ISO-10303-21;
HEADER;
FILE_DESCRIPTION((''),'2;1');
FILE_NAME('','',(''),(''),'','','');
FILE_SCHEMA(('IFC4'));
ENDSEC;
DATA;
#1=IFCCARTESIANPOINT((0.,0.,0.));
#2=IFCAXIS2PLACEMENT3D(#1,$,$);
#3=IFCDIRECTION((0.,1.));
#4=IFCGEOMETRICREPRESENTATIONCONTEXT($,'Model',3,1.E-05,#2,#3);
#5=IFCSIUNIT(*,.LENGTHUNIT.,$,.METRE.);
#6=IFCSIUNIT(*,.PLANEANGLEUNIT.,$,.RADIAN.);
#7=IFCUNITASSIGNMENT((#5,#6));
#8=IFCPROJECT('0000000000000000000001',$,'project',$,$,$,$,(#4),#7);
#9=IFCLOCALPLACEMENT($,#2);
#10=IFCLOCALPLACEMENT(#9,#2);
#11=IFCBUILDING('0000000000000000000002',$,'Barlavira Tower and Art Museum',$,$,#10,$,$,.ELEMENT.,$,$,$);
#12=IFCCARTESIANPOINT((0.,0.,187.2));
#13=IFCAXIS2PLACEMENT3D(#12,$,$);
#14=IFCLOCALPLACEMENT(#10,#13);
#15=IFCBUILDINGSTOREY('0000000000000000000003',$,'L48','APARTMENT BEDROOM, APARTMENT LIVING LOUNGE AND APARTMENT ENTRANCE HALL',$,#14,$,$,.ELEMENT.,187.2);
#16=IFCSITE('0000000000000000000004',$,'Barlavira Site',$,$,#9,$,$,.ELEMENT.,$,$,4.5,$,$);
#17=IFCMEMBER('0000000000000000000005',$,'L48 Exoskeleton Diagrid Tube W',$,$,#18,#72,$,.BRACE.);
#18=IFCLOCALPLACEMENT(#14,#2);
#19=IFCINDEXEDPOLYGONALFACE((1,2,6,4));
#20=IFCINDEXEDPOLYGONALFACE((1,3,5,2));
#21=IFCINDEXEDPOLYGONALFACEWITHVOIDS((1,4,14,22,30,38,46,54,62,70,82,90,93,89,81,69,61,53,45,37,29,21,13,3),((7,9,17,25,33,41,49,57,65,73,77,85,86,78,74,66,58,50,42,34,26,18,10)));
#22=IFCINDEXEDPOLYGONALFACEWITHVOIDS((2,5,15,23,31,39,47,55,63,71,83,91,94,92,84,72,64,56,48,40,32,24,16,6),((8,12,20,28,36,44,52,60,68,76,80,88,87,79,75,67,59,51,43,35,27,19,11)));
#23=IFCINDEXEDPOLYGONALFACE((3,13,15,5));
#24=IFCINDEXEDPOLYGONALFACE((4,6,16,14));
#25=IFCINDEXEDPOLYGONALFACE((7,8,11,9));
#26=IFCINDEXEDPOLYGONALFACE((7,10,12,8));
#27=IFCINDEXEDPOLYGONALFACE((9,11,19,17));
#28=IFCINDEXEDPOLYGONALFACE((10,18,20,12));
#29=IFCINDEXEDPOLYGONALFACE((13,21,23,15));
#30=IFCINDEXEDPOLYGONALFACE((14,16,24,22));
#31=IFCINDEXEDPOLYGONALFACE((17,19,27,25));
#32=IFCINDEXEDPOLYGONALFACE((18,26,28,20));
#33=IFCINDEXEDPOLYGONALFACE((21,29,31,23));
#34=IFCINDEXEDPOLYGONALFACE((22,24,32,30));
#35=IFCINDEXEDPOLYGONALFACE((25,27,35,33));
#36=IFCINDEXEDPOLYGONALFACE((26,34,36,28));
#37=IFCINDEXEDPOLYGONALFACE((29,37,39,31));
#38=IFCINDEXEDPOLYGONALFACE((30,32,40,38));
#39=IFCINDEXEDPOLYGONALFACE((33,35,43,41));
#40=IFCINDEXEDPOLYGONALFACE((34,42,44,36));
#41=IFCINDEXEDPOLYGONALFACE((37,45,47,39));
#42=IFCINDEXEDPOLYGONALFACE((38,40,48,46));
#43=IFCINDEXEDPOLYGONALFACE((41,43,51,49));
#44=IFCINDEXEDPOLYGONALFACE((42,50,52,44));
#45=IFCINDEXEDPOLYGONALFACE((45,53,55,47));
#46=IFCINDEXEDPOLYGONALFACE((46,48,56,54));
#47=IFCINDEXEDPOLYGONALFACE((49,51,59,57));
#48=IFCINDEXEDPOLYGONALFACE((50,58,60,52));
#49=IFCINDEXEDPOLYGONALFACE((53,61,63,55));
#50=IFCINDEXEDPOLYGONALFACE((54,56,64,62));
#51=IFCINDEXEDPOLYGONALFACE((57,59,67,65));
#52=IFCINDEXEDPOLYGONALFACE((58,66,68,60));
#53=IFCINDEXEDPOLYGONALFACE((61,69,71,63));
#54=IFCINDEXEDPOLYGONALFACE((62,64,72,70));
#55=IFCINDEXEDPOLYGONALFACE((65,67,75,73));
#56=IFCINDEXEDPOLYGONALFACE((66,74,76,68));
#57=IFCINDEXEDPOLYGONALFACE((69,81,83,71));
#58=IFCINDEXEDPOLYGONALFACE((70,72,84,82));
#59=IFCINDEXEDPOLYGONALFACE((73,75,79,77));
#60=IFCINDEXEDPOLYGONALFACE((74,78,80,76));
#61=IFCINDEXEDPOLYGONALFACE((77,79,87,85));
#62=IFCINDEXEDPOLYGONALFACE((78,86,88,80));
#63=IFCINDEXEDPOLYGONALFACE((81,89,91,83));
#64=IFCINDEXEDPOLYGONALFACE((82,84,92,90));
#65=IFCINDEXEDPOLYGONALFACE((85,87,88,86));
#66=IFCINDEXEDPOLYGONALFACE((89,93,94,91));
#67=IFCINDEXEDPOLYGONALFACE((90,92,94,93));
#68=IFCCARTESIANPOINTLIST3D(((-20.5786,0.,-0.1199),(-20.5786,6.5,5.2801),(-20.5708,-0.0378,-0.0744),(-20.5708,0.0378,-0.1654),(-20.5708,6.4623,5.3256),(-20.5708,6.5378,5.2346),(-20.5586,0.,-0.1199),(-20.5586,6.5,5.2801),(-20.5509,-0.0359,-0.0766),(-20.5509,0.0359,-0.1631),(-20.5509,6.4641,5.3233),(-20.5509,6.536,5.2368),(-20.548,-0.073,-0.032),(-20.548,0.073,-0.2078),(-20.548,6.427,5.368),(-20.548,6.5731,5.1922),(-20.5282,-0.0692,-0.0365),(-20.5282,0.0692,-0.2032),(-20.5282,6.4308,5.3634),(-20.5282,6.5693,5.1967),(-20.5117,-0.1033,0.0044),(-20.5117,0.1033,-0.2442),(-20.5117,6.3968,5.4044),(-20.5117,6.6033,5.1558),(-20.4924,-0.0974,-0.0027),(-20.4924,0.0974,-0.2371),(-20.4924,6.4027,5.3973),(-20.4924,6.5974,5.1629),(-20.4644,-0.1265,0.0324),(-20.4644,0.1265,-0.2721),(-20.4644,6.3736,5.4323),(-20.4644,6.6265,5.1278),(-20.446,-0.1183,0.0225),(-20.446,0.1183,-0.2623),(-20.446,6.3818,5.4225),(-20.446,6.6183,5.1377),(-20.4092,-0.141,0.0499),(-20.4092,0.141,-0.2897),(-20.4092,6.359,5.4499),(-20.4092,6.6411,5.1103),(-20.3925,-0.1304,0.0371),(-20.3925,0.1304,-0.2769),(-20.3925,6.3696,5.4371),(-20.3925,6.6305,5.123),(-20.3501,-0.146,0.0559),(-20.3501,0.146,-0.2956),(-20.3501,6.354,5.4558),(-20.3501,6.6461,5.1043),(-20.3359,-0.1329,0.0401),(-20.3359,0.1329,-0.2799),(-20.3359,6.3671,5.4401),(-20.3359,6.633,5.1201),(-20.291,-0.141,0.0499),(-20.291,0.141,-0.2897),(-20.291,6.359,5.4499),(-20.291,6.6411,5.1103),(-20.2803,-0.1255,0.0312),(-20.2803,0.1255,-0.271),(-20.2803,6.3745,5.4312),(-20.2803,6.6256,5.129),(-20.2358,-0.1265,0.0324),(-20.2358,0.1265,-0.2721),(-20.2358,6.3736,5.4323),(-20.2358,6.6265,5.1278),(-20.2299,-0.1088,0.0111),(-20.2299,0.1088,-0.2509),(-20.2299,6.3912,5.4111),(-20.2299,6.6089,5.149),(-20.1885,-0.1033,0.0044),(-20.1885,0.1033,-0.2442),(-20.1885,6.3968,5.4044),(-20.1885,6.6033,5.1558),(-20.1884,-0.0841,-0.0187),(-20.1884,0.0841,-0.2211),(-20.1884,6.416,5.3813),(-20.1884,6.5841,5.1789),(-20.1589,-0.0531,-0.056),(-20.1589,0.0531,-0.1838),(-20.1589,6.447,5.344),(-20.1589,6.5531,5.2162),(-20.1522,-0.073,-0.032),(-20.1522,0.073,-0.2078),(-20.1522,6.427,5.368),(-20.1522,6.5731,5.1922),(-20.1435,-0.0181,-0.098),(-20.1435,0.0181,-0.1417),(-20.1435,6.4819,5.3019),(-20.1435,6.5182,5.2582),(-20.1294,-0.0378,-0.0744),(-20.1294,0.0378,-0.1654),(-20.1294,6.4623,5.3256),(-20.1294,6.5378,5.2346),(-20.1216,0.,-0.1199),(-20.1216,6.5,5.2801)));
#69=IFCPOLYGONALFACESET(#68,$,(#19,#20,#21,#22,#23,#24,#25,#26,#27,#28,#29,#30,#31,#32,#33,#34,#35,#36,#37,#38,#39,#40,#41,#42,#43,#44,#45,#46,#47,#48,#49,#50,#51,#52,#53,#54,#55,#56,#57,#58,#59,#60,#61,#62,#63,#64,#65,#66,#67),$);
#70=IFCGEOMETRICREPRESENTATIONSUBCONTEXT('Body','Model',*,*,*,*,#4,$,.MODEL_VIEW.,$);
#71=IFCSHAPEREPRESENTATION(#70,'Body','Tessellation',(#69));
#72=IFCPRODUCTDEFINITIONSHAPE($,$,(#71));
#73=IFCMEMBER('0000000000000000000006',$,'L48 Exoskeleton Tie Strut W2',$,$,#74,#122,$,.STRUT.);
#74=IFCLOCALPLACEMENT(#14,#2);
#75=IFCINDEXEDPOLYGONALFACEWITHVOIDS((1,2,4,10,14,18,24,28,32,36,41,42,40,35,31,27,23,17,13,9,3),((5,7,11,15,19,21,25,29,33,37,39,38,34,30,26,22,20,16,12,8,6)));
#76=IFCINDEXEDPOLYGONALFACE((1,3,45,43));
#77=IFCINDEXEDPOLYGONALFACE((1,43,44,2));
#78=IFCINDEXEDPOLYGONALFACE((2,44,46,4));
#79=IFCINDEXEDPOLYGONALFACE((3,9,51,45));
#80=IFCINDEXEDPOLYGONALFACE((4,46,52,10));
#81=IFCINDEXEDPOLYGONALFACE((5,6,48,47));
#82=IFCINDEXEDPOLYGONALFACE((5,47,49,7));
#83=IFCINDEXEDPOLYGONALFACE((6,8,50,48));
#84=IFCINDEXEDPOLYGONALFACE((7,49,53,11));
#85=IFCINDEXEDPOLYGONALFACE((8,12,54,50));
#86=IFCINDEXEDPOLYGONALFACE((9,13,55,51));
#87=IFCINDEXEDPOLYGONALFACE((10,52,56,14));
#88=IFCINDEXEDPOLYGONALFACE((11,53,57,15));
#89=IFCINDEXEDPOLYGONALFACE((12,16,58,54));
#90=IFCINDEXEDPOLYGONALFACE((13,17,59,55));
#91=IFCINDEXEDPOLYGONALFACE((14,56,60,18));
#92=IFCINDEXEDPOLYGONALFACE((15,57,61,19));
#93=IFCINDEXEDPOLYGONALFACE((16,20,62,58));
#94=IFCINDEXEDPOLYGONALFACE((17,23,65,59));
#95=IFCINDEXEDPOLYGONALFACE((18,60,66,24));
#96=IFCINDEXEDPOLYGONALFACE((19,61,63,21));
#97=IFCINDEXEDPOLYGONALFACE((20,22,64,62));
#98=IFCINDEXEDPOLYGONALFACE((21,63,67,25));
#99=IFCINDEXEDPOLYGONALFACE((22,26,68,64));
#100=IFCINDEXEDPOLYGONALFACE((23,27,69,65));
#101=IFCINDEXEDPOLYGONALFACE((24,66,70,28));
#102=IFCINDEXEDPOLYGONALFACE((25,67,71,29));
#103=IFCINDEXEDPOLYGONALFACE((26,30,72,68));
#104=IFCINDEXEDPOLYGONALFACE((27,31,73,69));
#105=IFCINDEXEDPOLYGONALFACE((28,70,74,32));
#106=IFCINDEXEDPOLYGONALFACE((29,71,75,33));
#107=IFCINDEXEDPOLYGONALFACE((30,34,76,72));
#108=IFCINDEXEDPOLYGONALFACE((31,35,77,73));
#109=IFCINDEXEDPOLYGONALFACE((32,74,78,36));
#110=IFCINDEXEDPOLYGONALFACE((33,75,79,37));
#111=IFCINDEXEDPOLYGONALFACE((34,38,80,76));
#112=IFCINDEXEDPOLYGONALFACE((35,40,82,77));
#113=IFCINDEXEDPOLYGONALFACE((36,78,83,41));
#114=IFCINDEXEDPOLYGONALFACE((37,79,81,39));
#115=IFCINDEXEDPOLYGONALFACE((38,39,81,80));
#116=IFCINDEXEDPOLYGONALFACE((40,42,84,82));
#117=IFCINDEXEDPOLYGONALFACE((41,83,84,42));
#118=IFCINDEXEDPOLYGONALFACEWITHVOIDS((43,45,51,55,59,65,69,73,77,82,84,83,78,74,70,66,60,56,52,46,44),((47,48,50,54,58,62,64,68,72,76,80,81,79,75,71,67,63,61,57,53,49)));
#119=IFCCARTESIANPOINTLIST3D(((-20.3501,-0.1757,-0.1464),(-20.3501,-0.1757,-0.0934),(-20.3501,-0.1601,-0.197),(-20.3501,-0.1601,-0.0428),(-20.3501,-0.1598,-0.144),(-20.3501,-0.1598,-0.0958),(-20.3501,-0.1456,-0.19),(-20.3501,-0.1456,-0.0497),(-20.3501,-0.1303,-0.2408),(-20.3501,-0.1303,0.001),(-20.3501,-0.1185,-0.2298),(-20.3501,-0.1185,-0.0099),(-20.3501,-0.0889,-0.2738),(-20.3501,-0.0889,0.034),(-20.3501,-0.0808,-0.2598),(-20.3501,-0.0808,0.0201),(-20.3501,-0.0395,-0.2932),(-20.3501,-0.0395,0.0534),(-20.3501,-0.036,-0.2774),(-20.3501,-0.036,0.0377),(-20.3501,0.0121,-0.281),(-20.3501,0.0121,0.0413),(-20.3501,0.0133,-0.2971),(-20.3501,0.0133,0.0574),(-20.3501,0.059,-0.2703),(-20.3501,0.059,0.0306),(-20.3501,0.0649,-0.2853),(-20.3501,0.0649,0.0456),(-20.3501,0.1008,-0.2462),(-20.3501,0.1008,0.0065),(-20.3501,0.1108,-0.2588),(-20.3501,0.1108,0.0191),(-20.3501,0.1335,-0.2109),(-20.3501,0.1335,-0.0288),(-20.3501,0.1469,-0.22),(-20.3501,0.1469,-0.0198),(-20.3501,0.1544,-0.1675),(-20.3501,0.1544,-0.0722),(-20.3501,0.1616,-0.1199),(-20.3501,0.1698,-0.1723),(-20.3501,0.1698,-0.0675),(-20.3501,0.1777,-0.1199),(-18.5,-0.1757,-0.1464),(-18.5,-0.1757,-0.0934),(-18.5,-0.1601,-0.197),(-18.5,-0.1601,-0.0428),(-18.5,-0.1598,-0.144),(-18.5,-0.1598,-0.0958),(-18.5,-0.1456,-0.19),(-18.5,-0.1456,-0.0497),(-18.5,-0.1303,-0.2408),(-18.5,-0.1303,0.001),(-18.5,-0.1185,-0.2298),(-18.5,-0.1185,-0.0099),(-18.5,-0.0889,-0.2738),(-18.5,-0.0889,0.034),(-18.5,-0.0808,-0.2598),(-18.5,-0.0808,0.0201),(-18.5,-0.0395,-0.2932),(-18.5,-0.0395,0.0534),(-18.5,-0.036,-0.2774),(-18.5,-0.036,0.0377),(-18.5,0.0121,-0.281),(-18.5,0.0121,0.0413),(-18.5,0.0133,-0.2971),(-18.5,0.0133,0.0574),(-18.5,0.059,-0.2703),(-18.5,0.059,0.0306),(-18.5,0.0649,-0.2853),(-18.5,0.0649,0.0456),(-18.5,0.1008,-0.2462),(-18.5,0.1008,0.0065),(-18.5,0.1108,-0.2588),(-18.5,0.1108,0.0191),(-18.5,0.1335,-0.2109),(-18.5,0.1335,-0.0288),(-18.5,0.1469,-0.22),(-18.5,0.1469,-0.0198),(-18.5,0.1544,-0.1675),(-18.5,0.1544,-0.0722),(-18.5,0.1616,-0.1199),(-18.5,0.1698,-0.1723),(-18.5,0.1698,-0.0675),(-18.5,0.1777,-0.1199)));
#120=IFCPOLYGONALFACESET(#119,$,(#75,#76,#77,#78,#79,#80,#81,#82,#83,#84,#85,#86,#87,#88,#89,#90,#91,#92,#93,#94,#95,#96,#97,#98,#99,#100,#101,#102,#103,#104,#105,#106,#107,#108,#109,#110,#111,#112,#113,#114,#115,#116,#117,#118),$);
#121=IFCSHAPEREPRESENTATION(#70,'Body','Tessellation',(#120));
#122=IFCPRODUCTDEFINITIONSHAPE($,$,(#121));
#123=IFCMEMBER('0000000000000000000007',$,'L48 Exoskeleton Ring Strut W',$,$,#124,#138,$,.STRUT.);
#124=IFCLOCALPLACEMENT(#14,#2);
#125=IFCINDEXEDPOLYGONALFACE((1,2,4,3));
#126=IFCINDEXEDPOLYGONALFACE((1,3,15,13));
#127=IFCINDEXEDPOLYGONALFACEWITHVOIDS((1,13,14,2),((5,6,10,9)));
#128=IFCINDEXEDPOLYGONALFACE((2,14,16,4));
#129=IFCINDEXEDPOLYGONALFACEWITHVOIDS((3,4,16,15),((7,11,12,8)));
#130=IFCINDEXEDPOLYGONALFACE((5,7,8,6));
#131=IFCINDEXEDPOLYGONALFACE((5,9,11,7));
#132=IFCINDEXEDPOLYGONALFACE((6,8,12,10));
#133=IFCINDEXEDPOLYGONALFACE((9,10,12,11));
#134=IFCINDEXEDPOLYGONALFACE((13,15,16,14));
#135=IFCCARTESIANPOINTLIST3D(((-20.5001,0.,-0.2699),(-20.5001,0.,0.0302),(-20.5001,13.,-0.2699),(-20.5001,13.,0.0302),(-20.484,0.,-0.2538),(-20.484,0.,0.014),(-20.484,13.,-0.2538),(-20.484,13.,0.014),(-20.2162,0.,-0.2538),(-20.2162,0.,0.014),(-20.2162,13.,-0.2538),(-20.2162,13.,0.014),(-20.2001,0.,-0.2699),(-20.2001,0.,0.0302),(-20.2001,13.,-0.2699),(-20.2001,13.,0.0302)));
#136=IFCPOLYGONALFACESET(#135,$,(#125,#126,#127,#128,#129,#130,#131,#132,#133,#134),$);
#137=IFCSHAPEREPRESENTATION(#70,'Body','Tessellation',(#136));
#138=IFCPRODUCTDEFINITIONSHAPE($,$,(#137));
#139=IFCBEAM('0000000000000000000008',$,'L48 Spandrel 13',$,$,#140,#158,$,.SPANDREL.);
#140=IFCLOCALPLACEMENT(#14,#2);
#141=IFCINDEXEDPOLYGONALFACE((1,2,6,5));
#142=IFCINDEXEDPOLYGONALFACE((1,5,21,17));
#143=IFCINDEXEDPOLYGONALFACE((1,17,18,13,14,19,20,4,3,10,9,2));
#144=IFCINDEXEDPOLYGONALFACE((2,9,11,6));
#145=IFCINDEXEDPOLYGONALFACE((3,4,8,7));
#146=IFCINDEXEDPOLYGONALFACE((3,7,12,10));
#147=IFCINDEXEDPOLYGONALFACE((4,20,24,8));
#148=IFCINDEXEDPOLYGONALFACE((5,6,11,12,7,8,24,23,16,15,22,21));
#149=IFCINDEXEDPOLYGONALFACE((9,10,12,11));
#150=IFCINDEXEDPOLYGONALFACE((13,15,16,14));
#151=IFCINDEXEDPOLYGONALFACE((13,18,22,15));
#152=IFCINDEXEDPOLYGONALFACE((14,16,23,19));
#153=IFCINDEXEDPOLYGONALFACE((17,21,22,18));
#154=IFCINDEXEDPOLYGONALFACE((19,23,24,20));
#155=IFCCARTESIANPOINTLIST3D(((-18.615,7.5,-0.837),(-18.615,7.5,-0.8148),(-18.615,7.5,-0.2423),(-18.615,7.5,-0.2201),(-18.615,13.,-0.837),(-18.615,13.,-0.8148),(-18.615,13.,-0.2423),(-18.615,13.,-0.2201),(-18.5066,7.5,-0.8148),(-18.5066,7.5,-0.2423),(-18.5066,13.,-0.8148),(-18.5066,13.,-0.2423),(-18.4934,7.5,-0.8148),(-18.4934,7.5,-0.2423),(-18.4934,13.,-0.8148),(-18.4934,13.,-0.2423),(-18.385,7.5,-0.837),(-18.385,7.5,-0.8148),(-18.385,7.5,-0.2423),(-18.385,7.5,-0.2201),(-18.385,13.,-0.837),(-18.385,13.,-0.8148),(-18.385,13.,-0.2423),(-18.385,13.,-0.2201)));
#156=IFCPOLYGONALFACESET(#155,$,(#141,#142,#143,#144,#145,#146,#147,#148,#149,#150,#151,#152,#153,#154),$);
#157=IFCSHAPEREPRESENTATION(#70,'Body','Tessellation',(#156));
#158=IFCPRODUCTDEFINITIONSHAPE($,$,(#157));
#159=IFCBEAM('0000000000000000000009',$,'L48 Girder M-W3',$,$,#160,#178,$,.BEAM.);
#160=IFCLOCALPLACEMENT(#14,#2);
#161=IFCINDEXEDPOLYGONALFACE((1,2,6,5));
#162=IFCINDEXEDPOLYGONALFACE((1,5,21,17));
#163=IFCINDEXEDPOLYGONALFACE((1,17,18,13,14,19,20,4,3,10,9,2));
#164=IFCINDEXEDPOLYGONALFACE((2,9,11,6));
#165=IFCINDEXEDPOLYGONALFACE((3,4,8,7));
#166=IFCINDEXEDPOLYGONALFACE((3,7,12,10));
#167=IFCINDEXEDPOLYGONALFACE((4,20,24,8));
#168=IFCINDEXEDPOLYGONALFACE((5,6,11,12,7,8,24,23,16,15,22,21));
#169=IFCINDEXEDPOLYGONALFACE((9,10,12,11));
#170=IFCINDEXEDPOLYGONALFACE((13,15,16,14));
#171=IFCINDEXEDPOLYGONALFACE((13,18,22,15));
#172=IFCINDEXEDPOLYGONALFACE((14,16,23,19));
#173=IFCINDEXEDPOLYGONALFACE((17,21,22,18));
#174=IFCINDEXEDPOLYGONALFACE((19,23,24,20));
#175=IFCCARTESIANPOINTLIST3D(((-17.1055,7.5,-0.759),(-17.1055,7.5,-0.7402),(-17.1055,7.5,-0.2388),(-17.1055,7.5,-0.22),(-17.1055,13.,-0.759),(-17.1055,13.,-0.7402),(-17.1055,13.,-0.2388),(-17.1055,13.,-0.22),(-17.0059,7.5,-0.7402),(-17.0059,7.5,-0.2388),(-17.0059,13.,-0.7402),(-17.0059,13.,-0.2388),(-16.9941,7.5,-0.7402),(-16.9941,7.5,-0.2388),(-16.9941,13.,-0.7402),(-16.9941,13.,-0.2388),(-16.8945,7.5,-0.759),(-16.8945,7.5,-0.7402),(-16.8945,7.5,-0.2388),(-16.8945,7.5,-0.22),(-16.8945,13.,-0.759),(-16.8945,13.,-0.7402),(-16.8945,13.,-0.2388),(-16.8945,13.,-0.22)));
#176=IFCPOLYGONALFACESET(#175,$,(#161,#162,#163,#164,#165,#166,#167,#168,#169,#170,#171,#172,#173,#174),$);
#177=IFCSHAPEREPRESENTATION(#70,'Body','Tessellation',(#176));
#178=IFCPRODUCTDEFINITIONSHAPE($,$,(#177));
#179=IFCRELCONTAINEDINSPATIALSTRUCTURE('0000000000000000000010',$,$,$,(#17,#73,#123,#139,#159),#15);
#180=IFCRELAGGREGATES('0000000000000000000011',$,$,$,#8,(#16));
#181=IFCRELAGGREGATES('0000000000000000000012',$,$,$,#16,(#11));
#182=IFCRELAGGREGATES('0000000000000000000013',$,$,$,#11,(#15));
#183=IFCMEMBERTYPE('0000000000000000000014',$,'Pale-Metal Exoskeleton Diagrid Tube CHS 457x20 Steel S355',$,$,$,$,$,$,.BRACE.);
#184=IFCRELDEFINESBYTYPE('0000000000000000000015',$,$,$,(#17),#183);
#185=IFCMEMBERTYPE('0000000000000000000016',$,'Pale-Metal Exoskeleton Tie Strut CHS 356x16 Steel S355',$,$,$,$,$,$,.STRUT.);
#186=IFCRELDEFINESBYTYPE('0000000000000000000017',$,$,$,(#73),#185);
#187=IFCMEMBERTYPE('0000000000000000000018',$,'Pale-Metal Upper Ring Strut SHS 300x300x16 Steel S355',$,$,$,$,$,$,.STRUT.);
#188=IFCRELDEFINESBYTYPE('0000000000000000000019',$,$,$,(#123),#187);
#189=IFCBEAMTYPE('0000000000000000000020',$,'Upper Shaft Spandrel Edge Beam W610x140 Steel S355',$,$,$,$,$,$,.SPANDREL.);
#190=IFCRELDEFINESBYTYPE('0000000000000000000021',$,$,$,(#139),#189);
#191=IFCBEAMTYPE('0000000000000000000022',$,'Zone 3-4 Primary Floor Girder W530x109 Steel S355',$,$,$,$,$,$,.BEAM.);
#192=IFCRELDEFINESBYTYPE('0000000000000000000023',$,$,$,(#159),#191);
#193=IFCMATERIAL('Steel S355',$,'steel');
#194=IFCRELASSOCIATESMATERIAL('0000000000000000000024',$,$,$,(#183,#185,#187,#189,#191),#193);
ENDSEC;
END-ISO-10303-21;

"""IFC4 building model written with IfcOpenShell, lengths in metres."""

from ifc_helpers import new_model, si_unit, direction, frame, origin, origin_2d, place, context, subcontext, project, spatial, hollow_rectangle, hollow_circle, i_section, extrude, material, material_profile, profile_set, type_object, element, save


model = new_model("IFC4")

# Units and contexts
model_context = context("Model", 3, precision=1e-05, world=origin(), true_north=direction((0.0, 1.0)))
body_context = subcontext(model_context, "Body", "Model", "MODEL_VIEW")
ifc_project = project(units=[si_unit("LENGTHUNIT", "METRE"), si_unit("PLANEANGLEUNIT", "RADIAN")], contexts=[model_context])

# Site, building, storey
site_placement = place(None, origin())
site = spatial("IfcSite", under=ifc_project, at=site_placement, Name="Barlavira Site", CompositionType="ELEMENT", RefElevation=4.5)
building_placement = place(site_placement, origin())
building = spatial("IfcBuilding", under=site, at=building_placement, Name="Barlavira Tower and Art Museum", CompositionType="ELEMENT")
storey_placement = place(building_placement, frame((0.0, 0.0, 187.2)))
storey = spatial("IfcBuildingStorey", under=building, at=storey_placement, Name="L48", Description="APARTMENT BEDROOM, APARTMENT LIVING LOUNGE AND APARTMENT ENTRANCE HALL", CompositionType="ELEMENT", Elevation=187.2)

# Members
ifc_material_1 = material(Name="Steel S355", Category="steel")
ifc_material_profile_1 = material_profile(ifc_material_1, hollow_circle(Radius=0.2285, WallThickness=0.02, at=origin_2d()), Name="CHS 457.0x20.0")
ifc_profile_set_1 = profile_set([ifc_material_profile_1], Name="Steel S355")
member_type_1 = type_object("IfcMemberType", Name="Pale-Metal Exoskeleton Diagrid Tube CHS 457x20 Steel S355", PredefinedType="BRACE", material=ifc_profile_set_1)
member_1_placement = place(storey_placement, frame((-20.3501, 0.0, -0.1199), z_axis=(0.0, 0.769196, 0.639013), x_axis=(-1.0, 0.0, 0.0)))
element("IfcMember", 1, at=member_1_placement, inside=storey, type_object=member_type_1, Name="L48 Exoskeleton Diagrid Tube W", PredefinedType="BRACE", context=body_context, shape_type="SweptSolid", body=[
    extrude(hollow_circle(Radius=0.2285, WallThickness=0.02, at=origin_2d()), origin(), (0.0, 0.0, 1.0), 8.4504),
])
ifc_material_profile_2 = material_profile(ifc_material_1, hollow_circle(Radius=0.1777, WallThickness=0.0161, at=origin_2d()), Name="CHS 355.6x16.0")
ifc_profile_set_2 = profile_set([ifc_material_profile_2], Name="Steel S355")
member_type_2 = type_object("IfcMemberType", Name="Pale-Metal Exoskeleton Tie Strut CHS 356x16 Steel S355", PredefinedType="STRUT", material=ifc_profile_set_2)
member_2_placement = place(storey_placement, frame((-20.3501, 0.0, -0.1199), z_axis=(1.0, 0.0, 0.0), x_axis=(0.0, 1.0, 0.0)))
element("IfcMember", 2, at=member_2_placement, inside=storey, type_object=member_type_2, Name="L48 Exoskeleton Tie Strut W2", PredefinedType="STRUT", context=body_context, shape_type="SweptSolid", body=[
    extrude(hollow_circle(Radius=0.1777, WallThickness=0.0161, at=origin_2d()), origin(), (0.0, 0.0, 1.0), 1.8501),
])
ifc_material_profile_3 = material_profile(ifc_material_1, hollow_rectangle(XDim=0.3, YDim=0.3, WallThickness=0.0161, at=origin_2d()), Name="SHS 300x300x16.0")
ifc_profile_set_3 = profile_set([ifc_material_profile_3], Name="Steel S355")
member_type_3 = type_object("IfcMemberType", Name="Pale-Metal Upper Ring Strut SHS 300x300x16 Steel S355", PredefinedType="STRUT", material=ifc_profile_set_3)
member_3_placement = place(storey_placement, frame((-20.3501, 0.0, -0.1199), z_axis=(0.0, 1.0, 0.0), x_axis=(-1.0, 0.0, 0.0)))
element("IfcMember", 3, at=member_3_placement, inside=storey, type_object=member_type_3, Name="L48 Exoskeleton Ring Strut W", PredefinedType="STRUT", context=body_context, shape_type="SweptSolid", body=[
    extrude(hollow_rectangle(XDim=0.3, YDim=0.3, WallThickness=0.0161, at=origin_2d()), origin(), (0.0, 0.0, 1.0), 13.0),
])

# Beams
ifc_material_profile_4 = material_profile(ifc_material_1, i_section(OverallWidth=0.23, OverallDepth=0.6169, WebThickness=0.0132, FlangeThickness=0.0222, at=origin_2d()), Name="W610x140.0")
ifc_profile_set_4 = profile_set([ifc_material_profile_4], Name="Steel S355")
beam_type_1 = type_object("IfcBeamType", Name="Upper Shaft Spandrel Edge Beam W610x140 Steel S355", PredefinedType="SPANDREL", material=ifc_profile_set_4)
beam_1_placement = place(storey_placement, frame((-18.5, 7.5, -0.5286), z_axis=(0.0, 1.0, 0.0), x_axis=(-1.0, 0.0, 0.0)))
element("IfcBeam", 4, at=beam_1_placement, inside=storey, type_object=beam_type_1, Name="L48 Spandrel 13", PredefinedType="SPANDREL", context=body_context, shape_type="SweptSolid", body=[
    extrude(i_section(OverallWidth=0.23, OverallDepth=0.6169, WebThickness=0.0132, FlangeThickness=0.0222, at=origin_2d()), origin(), (0.0, 0.0, 1.0), 5.5),
])
ifc_material_profile_5 = material_profile(ifc_material_1, i_section(OverallWidth=0.2109, OverallDepth=0.5391, WebThickness=0.0117, FlangeThickness=0.0188, at=origin_2d()), Name="W530x109.0")
ifc_profile_set_5 = profile_set([ifc_material_profile_5], Name="Steel S355")
beam_type_2 = type_object("IfcBeamType", Name="Zone 3-4 Primary Floor Girder W530x109 Steel S355", PredefinedType="BEAM", material=ifc_profile_set_5)
beam_2_placement = place(storey_placement, frame((-17.0, 7.5, -0.4895), z_axis=(0.0, 1.0, 0.0), x_axis=(-1.0, 0.0, 0.0)))
element("IfcBeam", 5, at=beam_2_placement, inside=storey, type_object=beam_type_2, Name="L48 Girder M-W3", PredefinedType="BEAM", context=body_context, shape_type="SweptSolid", body=[
    extrude(i_section(OverallWidth=0.2109, OverallDepth=0.5391, WebThickness=0.0117, FlangeThickness=0.0188, at=origin_2d()), origin(), (0.0, 0.0, 1.0), 5.5),
])

save(model, "model.ifc")
